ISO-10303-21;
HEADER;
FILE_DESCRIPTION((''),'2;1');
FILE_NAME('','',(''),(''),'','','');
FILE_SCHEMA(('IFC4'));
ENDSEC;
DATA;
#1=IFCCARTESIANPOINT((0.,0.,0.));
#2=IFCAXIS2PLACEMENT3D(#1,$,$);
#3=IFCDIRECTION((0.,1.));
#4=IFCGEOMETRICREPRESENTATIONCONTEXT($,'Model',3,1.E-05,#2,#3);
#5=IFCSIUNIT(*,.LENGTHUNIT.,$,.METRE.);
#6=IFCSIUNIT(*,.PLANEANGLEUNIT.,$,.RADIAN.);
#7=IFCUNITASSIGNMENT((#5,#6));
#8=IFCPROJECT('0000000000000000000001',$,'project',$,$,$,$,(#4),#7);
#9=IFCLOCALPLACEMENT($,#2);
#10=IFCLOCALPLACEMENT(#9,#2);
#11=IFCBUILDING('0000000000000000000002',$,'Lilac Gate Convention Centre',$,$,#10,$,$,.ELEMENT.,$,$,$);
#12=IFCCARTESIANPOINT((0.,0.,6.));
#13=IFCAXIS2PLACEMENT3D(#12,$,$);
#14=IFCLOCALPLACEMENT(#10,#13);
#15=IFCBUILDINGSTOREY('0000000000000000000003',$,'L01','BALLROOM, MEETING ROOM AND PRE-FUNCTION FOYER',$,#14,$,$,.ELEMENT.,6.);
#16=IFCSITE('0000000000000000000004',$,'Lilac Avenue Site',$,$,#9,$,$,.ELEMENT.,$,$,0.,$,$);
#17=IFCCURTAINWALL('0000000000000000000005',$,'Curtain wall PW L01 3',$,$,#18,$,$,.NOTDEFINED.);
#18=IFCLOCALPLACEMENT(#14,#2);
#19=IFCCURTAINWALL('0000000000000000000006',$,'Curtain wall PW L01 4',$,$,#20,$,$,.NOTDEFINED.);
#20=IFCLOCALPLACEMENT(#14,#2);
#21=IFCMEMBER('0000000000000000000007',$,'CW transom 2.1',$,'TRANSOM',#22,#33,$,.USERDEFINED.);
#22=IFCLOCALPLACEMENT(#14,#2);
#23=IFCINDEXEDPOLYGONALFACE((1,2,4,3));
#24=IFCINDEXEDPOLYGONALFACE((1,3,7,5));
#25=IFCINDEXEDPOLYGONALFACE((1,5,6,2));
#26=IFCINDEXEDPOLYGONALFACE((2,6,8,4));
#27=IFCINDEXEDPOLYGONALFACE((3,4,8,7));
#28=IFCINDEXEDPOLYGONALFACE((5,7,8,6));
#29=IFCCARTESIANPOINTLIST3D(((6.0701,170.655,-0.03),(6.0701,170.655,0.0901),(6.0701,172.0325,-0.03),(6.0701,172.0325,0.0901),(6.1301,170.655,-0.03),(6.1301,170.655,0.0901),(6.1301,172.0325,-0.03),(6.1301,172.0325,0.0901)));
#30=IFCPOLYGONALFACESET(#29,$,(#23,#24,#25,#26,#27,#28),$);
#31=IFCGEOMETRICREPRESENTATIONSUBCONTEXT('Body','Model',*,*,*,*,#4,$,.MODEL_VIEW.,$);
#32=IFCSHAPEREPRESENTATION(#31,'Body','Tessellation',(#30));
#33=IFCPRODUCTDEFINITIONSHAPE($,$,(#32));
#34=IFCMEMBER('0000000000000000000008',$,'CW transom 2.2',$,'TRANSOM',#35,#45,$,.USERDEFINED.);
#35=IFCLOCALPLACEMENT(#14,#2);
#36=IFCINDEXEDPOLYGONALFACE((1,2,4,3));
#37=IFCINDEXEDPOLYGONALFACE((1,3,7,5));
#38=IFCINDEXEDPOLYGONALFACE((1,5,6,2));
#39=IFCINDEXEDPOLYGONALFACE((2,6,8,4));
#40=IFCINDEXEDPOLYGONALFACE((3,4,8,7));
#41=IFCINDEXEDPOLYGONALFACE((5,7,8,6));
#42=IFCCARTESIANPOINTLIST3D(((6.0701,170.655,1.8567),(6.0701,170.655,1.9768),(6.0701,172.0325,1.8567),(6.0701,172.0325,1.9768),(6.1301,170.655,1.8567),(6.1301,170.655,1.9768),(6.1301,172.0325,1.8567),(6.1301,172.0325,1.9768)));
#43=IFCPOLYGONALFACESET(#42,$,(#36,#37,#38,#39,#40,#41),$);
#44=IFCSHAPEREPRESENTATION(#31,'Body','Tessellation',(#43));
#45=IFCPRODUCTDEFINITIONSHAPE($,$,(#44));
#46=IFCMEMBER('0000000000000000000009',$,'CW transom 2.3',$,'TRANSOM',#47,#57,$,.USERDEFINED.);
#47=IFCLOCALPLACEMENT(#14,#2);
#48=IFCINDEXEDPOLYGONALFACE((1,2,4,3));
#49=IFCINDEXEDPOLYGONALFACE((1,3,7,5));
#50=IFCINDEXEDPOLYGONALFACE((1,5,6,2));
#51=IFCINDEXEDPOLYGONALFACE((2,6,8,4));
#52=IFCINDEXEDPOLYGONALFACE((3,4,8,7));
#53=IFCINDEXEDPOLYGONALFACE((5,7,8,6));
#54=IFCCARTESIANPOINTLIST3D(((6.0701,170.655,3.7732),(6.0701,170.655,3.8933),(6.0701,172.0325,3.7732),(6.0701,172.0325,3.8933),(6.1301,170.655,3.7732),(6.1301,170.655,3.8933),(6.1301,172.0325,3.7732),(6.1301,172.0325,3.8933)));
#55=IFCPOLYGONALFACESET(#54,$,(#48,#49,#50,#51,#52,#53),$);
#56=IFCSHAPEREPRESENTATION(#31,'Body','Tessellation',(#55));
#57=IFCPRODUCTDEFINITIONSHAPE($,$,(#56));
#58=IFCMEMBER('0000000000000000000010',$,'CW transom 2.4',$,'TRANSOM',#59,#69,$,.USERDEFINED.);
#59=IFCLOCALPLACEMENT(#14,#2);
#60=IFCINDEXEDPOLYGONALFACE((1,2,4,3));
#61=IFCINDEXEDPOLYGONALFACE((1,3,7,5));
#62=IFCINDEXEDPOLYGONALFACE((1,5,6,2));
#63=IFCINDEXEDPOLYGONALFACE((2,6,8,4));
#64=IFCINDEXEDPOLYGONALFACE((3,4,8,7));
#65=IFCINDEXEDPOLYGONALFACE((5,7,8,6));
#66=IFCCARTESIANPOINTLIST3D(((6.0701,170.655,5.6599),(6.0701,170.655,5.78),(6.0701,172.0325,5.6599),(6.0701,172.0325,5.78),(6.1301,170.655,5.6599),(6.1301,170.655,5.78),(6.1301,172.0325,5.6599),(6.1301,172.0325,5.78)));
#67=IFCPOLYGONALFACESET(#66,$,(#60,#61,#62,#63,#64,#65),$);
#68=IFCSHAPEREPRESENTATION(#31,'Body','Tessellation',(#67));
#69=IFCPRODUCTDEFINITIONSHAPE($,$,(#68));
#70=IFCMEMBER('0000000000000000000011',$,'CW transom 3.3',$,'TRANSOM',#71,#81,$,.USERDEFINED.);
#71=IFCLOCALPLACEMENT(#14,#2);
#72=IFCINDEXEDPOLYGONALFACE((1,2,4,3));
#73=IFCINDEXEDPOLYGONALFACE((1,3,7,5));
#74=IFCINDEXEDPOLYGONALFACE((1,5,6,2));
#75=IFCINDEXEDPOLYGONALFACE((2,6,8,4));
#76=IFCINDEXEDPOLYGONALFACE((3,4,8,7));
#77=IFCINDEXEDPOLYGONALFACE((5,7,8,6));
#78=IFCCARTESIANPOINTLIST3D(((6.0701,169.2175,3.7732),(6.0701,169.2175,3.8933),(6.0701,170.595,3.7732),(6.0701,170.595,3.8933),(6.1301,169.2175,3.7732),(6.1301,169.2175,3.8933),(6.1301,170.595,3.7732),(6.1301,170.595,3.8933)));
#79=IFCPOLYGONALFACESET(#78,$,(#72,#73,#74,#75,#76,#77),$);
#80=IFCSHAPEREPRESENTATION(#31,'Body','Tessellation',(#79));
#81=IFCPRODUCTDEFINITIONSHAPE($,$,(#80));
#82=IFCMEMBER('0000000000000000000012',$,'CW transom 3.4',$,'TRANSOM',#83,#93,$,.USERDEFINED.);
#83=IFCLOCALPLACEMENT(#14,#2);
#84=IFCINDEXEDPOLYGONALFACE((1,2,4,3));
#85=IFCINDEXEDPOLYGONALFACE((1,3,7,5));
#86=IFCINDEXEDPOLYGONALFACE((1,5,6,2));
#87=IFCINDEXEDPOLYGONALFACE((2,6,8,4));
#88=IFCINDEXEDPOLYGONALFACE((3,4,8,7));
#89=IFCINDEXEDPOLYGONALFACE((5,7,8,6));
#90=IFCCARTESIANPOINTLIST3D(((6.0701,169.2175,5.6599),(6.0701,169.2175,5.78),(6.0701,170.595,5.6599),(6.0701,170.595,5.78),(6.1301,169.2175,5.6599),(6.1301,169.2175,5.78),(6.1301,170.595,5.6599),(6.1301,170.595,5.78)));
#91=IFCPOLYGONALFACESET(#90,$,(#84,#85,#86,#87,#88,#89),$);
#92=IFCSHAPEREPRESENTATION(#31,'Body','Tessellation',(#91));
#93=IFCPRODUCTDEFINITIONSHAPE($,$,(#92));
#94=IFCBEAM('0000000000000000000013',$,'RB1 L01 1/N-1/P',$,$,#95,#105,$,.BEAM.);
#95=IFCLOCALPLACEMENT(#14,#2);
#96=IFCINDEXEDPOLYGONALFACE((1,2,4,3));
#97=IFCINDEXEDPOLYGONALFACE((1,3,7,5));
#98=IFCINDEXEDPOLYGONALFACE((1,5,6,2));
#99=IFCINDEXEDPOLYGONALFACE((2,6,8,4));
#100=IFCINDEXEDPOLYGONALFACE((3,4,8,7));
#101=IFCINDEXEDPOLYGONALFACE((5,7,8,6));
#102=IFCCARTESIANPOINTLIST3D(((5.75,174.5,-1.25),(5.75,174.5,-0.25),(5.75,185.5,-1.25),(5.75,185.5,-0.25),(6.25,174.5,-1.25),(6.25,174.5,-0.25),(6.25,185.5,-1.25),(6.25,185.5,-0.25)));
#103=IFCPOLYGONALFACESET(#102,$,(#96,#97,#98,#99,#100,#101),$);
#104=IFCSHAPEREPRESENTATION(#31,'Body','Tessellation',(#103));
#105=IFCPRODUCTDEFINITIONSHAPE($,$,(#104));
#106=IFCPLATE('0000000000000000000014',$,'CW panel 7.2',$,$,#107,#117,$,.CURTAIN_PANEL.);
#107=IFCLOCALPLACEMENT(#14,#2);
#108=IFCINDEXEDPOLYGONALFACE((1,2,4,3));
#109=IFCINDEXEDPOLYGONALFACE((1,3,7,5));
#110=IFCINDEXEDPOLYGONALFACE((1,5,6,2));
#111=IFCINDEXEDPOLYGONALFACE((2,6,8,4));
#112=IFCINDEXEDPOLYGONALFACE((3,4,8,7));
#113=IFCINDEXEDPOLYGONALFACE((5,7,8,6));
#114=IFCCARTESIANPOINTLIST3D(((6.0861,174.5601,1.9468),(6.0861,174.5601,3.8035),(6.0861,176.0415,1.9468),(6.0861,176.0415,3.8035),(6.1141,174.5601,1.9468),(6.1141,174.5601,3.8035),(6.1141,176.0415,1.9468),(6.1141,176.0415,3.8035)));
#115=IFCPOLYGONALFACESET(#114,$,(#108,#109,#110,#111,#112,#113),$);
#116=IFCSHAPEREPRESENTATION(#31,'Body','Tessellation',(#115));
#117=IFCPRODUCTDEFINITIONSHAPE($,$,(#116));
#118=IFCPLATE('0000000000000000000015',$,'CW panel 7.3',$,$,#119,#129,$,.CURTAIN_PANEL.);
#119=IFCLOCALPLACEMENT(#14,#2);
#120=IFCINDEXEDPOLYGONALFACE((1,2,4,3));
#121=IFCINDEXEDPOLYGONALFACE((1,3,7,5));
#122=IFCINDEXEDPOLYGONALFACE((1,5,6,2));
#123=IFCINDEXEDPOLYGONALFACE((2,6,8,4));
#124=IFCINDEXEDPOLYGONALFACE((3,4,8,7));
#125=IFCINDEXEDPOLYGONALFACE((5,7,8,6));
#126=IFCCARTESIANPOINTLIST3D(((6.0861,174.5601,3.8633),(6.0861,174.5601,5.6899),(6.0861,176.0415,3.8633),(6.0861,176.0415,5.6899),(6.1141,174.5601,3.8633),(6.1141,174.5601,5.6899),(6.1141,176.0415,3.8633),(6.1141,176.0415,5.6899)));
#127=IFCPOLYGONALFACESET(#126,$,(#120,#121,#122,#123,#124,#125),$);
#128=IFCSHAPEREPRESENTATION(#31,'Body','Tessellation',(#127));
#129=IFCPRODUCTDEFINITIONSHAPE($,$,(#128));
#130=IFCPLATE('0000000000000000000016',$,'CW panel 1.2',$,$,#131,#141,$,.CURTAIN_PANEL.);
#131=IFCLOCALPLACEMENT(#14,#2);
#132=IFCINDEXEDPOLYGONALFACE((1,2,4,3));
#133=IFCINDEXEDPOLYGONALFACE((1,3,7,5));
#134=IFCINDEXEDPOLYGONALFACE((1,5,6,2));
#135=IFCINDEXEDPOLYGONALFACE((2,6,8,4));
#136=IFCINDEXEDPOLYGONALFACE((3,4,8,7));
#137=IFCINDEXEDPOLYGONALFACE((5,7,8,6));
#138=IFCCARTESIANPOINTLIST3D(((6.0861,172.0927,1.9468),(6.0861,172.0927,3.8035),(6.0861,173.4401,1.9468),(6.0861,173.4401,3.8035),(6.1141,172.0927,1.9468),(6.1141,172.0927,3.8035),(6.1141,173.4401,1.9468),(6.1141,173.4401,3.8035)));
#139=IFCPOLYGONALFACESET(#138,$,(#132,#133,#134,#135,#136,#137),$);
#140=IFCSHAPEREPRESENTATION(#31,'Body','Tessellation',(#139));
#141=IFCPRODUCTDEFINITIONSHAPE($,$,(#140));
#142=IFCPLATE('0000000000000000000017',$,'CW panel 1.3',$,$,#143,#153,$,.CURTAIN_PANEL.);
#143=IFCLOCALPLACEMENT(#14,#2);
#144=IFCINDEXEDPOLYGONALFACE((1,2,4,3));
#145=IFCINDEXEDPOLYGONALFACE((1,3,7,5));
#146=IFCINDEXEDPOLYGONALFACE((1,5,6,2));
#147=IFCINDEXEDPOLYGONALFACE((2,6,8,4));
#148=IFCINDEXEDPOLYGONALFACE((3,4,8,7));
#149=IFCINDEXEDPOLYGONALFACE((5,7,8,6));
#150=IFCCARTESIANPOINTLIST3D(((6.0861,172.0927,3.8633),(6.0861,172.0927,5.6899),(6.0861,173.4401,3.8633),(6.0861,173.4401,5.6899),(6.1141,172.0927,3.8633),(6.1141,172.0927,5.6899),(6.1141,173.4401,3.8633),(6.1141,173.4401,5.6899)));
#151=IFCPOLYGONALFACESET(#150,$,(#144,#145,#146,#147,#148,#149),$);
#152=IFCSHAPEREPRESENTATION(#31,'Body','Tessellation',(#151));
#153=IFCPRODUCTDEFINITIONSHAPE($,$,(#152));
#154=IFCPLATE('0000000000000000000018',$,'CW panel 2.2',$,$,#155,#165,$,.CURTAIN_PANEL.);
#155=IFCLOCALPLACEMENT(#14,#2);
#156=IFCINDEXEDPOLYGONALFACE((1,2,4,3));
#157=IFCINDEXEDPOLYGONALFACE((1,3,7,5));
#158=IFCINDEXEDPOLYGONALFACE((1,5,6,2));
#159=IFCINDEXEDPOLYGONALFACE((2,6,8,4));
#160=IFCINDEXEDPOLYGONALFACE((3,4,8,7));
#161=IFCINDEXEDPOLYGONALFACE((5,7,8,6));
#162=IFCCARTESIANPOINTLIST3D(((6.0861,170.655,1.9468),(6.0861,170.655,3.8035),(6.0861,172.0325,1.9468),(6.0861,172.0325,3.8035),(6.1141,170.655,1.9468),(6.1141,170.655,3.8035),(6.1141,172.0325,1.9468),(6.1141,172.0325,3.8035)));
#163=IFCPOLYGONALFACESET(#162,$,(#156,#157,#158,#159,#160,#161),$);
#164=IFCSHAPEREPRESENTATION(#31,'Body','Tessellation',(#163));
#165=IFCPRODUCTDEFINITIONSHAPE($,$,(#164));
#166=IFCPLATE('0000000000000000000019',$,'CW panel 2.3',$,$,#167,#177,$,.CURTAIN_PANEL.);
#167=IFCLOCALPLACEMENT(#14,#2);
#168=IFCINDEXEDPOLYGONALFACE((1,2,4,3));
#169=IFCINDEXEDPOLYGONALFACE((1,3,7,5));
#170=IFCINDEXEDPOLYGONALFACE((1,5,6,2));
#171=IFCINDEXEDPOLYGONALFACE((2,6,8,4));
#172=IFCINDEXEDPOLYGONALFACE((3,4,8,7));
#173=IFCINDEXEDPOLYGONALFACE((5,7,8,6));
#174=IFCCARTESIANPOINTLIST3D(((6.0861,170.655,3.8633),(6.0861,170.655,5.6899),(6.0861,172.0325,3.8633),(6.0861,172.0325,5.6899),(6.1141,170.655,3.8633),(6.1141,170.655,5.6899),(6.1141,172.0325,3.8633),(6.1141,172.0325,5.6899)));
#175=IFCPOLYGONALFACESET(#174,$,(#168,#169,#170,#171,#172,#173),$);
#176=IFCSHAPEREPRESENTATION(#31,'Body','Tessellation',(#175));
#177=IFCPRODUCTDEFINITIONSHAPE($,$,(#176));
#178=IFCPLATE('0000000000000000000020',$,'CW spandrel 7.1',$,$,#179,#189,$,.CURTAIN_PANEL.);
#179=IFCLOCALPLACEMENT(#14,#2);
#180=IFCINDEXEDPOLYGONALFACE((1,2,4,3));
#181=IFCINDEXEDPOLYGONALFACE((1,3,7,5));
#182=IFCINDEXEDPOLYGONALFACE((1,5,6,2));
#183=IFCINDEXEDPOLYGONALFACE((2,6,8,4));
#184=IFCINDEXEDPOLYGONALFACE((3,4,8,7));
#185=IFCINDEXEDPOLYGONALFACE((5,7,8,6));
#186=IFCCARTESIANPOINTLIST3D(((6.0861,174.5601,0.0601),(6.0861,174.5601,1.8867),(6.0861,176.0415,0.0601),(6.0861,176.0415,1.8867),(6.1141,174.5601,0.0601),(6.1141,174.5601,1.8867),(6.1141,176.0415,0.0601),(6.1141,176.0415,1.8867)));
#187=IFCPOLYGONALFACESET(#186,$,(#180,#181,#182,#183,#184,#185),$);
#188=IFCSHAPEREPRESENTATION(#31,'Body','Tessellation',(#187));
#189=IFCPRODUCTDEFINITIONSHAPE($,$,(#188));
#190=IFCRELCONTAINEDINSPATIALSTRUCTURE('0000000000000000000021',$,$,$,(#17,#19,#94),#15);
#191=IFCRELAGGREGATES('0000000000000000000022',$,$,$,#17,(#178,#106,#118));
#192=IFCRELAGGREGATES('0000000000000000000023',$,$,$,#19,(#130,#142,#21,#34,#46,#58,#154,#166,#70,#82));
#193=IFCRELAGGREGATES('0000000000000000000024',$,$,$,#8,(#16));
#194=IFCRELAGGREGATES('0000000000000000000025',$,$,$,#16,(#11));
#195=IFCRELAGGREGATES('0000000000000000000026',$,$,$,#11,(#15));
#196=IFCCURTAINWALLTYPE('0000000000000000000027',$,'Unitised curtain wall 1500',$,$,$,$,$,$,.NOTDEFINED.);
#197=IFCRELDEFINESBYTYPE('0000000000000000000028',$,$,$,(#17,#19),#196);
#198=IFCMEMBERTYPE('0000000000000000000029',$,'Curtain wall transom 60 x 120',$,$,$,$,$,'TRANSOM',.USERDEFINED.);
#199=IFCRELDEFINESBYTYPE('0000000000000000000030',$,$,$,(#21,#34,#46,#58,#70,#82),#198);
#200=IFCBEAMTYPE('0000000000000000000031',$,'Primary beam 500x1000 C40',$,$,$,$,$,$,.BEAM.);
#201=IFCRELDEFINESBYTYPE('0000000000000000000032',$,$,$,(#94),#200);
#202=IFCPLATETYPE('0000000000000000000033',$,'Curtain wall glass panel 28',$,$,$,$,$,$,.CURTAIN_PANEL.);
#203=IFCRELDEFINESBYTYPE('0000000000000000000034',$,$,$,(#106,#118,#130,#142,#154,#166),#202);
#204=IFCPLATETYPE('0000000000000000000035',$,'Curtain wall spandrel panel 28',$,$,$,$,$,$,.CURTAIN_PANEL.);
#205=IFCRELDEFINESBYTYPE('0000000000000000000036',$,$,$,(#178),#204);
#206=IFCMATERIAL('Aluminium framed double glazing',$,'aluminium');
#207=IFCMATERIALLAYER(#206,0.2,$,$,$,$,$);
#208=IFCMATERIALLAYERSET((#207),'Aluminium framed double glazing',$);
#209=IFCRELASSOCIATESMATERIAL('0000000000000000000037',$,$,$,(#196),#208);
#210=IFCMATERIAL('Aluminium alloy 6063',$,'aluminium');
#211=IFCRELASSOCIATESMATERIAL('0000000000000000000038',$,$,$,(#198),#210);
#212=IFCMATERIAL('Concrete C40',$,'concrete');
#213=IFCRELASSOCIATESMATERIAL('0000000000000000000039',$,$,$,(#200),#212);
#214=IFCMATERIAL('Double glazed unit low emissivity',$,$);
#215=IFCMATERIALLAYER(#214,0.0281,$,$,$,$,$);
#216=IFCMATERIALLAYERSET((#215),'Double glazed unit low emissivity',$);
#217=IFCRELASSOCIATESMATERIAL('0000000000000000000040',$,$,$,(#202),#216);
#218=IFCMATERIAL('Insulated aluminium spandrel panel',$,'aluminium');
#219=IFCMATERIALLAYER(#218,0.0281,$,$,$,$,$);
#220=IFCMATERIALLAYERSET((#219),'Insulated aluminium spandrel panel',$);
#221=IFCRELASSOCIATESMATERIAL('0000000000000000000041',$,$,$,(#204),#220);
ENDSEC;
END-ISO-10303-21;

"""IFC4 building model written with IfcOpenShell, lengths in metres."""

from ifc_helpers import new_model, si_unit, direction, frame, origin, origin_2d, place, context, subcontext, project, spatial, rectangle, extrude, material, layer, layer_set, material_profile, profile_set, type_object, element, aggregate, save


model = new_model("IFC4")

# Units and contexts
model_context = context("Model", 3, precision=1e-05, world=origin(), true_north=direction((0.0, 1.0)))
body_context = subcontext(model_context, "Body", "Model", "MODEL_VIEW")
ifc_project = project(units=[si_unit("LENGTHUNIT", "METRE"), si_unit("PLANEANGLEUNIT", "RADIAN")], contexts=[model_context])

# Site, building, storey
site_placement = place(None, origin())
site = spatial("IfcSite", under=ifc_project, at=site_placement, Name="Lilac Avenue Site", CompositionType="ELEMENT", RefElevation=0.0)
building_placement = place(site_placement, origin())
building = spatial("IfcBuilding", under=site, at=building_placement, Name="Lilac Gate Convention Centre", CompositionType="ELEMENT")
storey_placement = place(building_placement, frame((0.0, 0.0, 6.0)))
storey = spatial("IfcBuildingStorey", under=building, at=storey_placement, Name="L01", Description="BALLROOM, MEETING ROOM AND PRE-FUNCTION FOYER", CompositionType="ELEMENT", Elevation=6.0)

# Shared definitions
ifc_material_1 = material(Name="Concrete C40", Category="concrete")

# Curtain walls
ifc_material_2 = material(Name="Aluminium framed double glazing", Category="aluminium")
ifc_layer_1 = layer(ifc_material_2, 0.2)
ifc_layer_set_1 = layer_set([ifc_layer_1], Name="Aluminium framed double glazing")
curtain_wall_type = type_object("IfcCurtainWallType", Name="Unitised curtain wall 1500", PredefinedType="NOTDEFINED", material=ifc_layer_set_1)
curtain_wall_1_placement = place(storey_placement, origin())
curtain_wall_1 = element("IfcCurtainWall", 1, at=curtain_wall_1_placement, inside=storey, type_object=curtain_wall_type, Name="Curtain wall PW L01 3", PredefinedType="NOTDEFINED")
ifc_material_3 = material(Name="Aluminium alloy 6063", Category="aluminium")
curtain_wall_2_placement = place(storey_placement, origin())
curtain_wall_2 = element("IfcCurtainWall", 2, at=curtain_wall_2_placement, inside=storey, type_object=curtain_wall_type, Name="Curtain wall PW L01 4", PredefinedType="NOTDEFINED")

# Members
ifc_material_profile_1 = material_profile(ifc_material_3, rectangle(XDim=0.0601, YDim=0.1201, at=origin_2d()), Name="Curtain wall transom 60 x 120")
ifc_profile_set_1 = profile_set([ifc_material_profile_1], Name="Aluminium alloy 6063")
member_type_1 = type_object("IfcMemberType", Name="Curtain wall transom 60 x 120", ElementType="TRANSOM", PredefinedType="USERDEFINED", material=ifc_profile_set_1)
member_1_placement = place(storey_placement, frame((6.1001, 172.0325, 0.03), z_axis=(0.0, -1.0, 0.0), x_axis=(1.0, 0.0, 0.0)))
member_1 = element("IfcMember", 3, at=member_1_placement, type_object=member_type_1, Name="CW transom 2.1", ObjectType="TRANSOM", PredefinedType="USERDEFINED", context=body_context, shape_type="SweptSolid", body=[
    extrude(rectangle(XDim=0.0601, YDim=0.1201, at=origin_2d()), origin(), (0.0, 0.0, 1.0), 1.3774),
])
member_2_placement = place(storey_placement, frame((6.1001, 172.0325, 1.9167), z_axis=(0.0, -1.0, 0.0), x_axis=(1.0, 0.0, 0.0)))
member_2 = element("IfcMember", 4, at=member_2_placement, type_object=member_type_1, Name="CW transom 2.2", ObjectType="TRANSOM", PredefinedType="USERDEFINED", context=body_context, shape_type="SweptSolid", body=[
    extrude(rectangle(XDim=0.0601, YDim=0.1201, at=origin_2d()), origin(), (0.0, 0.0, 1.0), 1.3774),
])
member_3_placement = place(storey_placement, frame((6.1001, 172.0325, 3.8333), z_axis=(0.0, -1.0, 0.0), x_axis=(1.0, 0.0, 0.0)))
member_3 = element("IfcMember", 5, at=member_3_placement, type_object=member_type_1, Name="CW transom 2.3", ObjectType="TRANSOM", PredefinedType="USERDEFINED", context=body_context, shape_type="SweptSolid", body=[
    extrude(rectangle(XDim=0.0601, YDim=0.1201, at=origin_2d()), origin(), (0.0, 0.0, 1.0), 1.3774),
])
member_4_placement = place(storey_placement, frame((6.1001, 172.0325, 5.72), z_axis=(0.0, -1.0, 0.0), x_axis=(1.0, 0.0, 0.0)))
member_4 = element("IfcMember", 6, at=member_4_placement, type_object=member_type_1, Name="CW transom 2.4", ObjectType="TRANSOM", PredefinedType="USERDEFINED", context=body_context, shape_type="SweptSolid", body=[
    extrude(rectangle(XDim=0.0601, YDim=0.1201, at=origin_2d()), origin(), (0.0, 0.0, 1.0), 1.3774),
])
member_5_placement = place(storey_placement, frame((6.1001, 170.595, 3.8333), z_axis=(0.0, -1.0, 0.0), x_axis=(1.0, 0.0, 0.0)))
member_5 = element("IfcMember", 7, at=member_5_placement, type_object=member_type_1, Name="CW transom 3.3", ObjectType="TRANSOM", PredefinedType="USERDEFINED", context=body_context, shape_type="SweptSolid", body=[
    extrude(rectangle(XDim=0.0601, YDim=0.1201, at=origin_2d()), origin(), (0.0, 0.0, 1.0), 1.3774),
])
member_6_placement = place(storey_placement, frame((6.1001, 170.595, 5.72), z_axis=(0.0, -1.0, 0.0), x_axis=(1.0, 0.0, 0.0)))
member_6 = element("IfcMember", 8, at=member_6_placement, type_object=member_type_1, Name="CW transom 3.4", ObjectType="TRANSOM", PredefinedType="USERDEFINED", context=body_context, shape_type="SweptSolid", body=[
    extrude(rectangle(XDim=0.0601, YDim=0.1201, at=origin_2d()), origin(), (0.0, 0.0, 1.0), 1.3774),
])

# Beam
ifc_material_profile_2 = material_profile(ifc_material_1, rectangle(XDim=0.5, YDim=1.0, at=origin_2d()), Name="RC 500x1000")
ifc_profile_set_2 = profile_set([ifc_material_profile_2], Name="Concrete C40")
beam_type = type_object("IfcBeamType", Name="Primary beam 500x1000 C40", PredefinedType="BEAM", material=ifc_profile_set_2)
beam_placement = place(storey_placement, frame((6.0, 174.5, -0.75), z_axis=(0.0, 1.0, 0.0), x_axis=(-1.0, 0.0, 0.0)))
element("IfcBeam", 9, at=beam_placement, inside=storey, type_object=beam_type, Name="RB1 L01 1/N-1/P", PredefinedType="BEAM", context=body_context, shape_type="SweptSolid", body=[
    extrude(rectangle(XDim=0.5, YDim=1.0, at=origin_2d()), origin(), (0.0, 0.0, 1.0), 11.0),
])

# Plates
ifc_material_4 = material(Name="Double glazed unit low emissivity")
ifc_layer_2 = layer(ifc_material_4, 0.0281)
ifc_layer_set_2 = layer_set([ifc_layer_2], Name="Double glazed unit low emissivity")
plate_type_1 = type_object("IfcPlateType", Name="Curtain wall glass panel 28", PredefinedType="CURTAIN_PANEL", material=ifc_layer_set_2)
plate_1_placement = place(storey_placement, frame((6.1001, 175.3008, 1.9468), z_axis=(0.0, 0.0, 1.0), x_axis=(0.0, -1.0, 0.0)))
plate_1 = element("IfcPlate", 10, at=plate_1_placement, type_object=plate_type_1, Name="CW panel 7.2", PredefinedType="CURTAIN_PANEL", context=body_context, shape_type="SweptSolid", body=[
    extrude(rectangle(XDim=1.4814, YDim=0.0281, at=origin_2d()), origin(), (0.0, 0.0, 1.0), 1.8567),
])
plate_2_placement = place(storey_placement, frame((6.1001, 175.3008, 3.8633), z_axis=(0.0, 0.0, 1.0), x_axis=(0.0, -1.0, 0.0)))
plate_2 = element("IfcPlate", 11, at=plate_2_placement, type_object=plate_type_1, Name="CW panel 7.3", PredefinedType="CURTAIN_PANEL", context=body_context, shape_type="SweptSolid", body=[
    extrude(rectangle(XDim=1.4814, YDim=0.0281, at=origin_2d()), origin(), (0.0, 0.0, 1.0), 1.8267),
])
plate_3_placement = place(storey_placement, frame((6.1001, 172.7664, 1.9468), z_axis=(0.0, 0.0, 1.0), x_axis=(0.0, -1.0, 0.0)))
plate_3 = element("IfcPlate", 12, at=plate_3_placement, type_object=plate_type_1, Name="CW panel 1.2", PredefinedType="CURTAIN_PANEL", context=body_context, shape_type="SweptSolid", body=[
    extrude(rectangle(XDim=1.3474, YDim=0.0281, at=origin_2d()), origin(), (0.0, 0.0, 1.0), 1.8567),
])
plate_4_placement = place(storey_placement, frame((6.1001, 172.7664, 3.8633), z_axis=(0.0, 0.0, 1.0), x_axis=(0.0, -1.0, 0.0)))
plate_4 = element("IfcPlate", 13, at=plate_4_placement, type_object=plate_type_1, Name="CW panel 1.3", PredefinedType="CURTAIN_PANEL", context=body_context, shape_type="SweptSolid", body=[
    extrude(rectangle(XDim=1.3474, YDim=0.0281, at=origin_2d()), origin(), (0.0, 0.0, 1.0), 1.8267),
])
plate_5_placement = place(storey_placement, frame((6.1001, 171.3438, 1.9468), z_axis=(0.0, 0.0, 1.0), x_axis=(0.0, -1.0, 0.0)))
plate_5 = element("IfcPlate", 14, at=plate_5_placement, type_object=plate_type_1, Name="CW panel 2.2", PredefinedType="CURTAIN_PANEL", context=body_context, shape_type="SweptSolid", body=[
    extrude(rectangle(XDim=1.3774, YDim=0.0281, at=origin_2d()), origin(), (0.0, 0.0, 1.0), 1.8567),
])
plate_6_placement = place(storey_placement, frame((6.1001, 171.3438, 3.8633), z_axis=(0.0, 0.0, 1.0), x_axis=(0.0, -1.0, 0.0)))
plate_6 = element("IfcPlate", 15, at=plate_6_placement, type_object=plate_type_1, Name="CW panel 2.3", PredefinedType="CURTAIN_PANEL", context=body_context, shape_type="SweptSolid", body=[
    extrude(rectangle(XDim=1.3774, YDim=0.0281, at=origin_2d()), origin(), (0.0, 0.0, 1.0), 1.8267),
])
ifc_material_5 = material(Name="Insulated aluminium spandrel panel", Category="aluminium")
ifc_layer_3 = layer(ifc_material_5, 0.0281)
ifc_layer_set_3 = layer_set([ifc_layer_3], Name="Insulated aluminium spandrel panel")
plate_type_2 = type_object("IfcPlateType", Name="Curtain wall spandrel panel 28", PredefinedType="CURTAIN_PANEL", material=ifc_layer_set_3)
plate_7_placement = place(storey_placement, frame((6.1001, 175.3008, 0.0601), z_axis=(0.0, 0.0, 1.0), x_axis=(0.0, -1.0, 0.0)))
plate_7 = element("IfcPlate", 16, at=plate_7_placement, type_object=plate_type_2, Name="CW spandrel 7.1", PredefinedType="CURTAIN_PANEL", context=body_context, shape_type="SweptSolid", body=[
    extrude(rectangle(XDim=1.4814, YDim=0.0281, at=origin_2d()), origin(), (0.0, 0.0, 1.0), 1.8267),
])
aggregate(curtain_wall_1, [plate_7, plate_1, plate_2])
aggregate(curtain_wall_2, [plate_3, plate_4, member_1, member_2, member_3, member_4, plate_5, plate_6, member_5, member_6])

save(model, "model.ifc")
